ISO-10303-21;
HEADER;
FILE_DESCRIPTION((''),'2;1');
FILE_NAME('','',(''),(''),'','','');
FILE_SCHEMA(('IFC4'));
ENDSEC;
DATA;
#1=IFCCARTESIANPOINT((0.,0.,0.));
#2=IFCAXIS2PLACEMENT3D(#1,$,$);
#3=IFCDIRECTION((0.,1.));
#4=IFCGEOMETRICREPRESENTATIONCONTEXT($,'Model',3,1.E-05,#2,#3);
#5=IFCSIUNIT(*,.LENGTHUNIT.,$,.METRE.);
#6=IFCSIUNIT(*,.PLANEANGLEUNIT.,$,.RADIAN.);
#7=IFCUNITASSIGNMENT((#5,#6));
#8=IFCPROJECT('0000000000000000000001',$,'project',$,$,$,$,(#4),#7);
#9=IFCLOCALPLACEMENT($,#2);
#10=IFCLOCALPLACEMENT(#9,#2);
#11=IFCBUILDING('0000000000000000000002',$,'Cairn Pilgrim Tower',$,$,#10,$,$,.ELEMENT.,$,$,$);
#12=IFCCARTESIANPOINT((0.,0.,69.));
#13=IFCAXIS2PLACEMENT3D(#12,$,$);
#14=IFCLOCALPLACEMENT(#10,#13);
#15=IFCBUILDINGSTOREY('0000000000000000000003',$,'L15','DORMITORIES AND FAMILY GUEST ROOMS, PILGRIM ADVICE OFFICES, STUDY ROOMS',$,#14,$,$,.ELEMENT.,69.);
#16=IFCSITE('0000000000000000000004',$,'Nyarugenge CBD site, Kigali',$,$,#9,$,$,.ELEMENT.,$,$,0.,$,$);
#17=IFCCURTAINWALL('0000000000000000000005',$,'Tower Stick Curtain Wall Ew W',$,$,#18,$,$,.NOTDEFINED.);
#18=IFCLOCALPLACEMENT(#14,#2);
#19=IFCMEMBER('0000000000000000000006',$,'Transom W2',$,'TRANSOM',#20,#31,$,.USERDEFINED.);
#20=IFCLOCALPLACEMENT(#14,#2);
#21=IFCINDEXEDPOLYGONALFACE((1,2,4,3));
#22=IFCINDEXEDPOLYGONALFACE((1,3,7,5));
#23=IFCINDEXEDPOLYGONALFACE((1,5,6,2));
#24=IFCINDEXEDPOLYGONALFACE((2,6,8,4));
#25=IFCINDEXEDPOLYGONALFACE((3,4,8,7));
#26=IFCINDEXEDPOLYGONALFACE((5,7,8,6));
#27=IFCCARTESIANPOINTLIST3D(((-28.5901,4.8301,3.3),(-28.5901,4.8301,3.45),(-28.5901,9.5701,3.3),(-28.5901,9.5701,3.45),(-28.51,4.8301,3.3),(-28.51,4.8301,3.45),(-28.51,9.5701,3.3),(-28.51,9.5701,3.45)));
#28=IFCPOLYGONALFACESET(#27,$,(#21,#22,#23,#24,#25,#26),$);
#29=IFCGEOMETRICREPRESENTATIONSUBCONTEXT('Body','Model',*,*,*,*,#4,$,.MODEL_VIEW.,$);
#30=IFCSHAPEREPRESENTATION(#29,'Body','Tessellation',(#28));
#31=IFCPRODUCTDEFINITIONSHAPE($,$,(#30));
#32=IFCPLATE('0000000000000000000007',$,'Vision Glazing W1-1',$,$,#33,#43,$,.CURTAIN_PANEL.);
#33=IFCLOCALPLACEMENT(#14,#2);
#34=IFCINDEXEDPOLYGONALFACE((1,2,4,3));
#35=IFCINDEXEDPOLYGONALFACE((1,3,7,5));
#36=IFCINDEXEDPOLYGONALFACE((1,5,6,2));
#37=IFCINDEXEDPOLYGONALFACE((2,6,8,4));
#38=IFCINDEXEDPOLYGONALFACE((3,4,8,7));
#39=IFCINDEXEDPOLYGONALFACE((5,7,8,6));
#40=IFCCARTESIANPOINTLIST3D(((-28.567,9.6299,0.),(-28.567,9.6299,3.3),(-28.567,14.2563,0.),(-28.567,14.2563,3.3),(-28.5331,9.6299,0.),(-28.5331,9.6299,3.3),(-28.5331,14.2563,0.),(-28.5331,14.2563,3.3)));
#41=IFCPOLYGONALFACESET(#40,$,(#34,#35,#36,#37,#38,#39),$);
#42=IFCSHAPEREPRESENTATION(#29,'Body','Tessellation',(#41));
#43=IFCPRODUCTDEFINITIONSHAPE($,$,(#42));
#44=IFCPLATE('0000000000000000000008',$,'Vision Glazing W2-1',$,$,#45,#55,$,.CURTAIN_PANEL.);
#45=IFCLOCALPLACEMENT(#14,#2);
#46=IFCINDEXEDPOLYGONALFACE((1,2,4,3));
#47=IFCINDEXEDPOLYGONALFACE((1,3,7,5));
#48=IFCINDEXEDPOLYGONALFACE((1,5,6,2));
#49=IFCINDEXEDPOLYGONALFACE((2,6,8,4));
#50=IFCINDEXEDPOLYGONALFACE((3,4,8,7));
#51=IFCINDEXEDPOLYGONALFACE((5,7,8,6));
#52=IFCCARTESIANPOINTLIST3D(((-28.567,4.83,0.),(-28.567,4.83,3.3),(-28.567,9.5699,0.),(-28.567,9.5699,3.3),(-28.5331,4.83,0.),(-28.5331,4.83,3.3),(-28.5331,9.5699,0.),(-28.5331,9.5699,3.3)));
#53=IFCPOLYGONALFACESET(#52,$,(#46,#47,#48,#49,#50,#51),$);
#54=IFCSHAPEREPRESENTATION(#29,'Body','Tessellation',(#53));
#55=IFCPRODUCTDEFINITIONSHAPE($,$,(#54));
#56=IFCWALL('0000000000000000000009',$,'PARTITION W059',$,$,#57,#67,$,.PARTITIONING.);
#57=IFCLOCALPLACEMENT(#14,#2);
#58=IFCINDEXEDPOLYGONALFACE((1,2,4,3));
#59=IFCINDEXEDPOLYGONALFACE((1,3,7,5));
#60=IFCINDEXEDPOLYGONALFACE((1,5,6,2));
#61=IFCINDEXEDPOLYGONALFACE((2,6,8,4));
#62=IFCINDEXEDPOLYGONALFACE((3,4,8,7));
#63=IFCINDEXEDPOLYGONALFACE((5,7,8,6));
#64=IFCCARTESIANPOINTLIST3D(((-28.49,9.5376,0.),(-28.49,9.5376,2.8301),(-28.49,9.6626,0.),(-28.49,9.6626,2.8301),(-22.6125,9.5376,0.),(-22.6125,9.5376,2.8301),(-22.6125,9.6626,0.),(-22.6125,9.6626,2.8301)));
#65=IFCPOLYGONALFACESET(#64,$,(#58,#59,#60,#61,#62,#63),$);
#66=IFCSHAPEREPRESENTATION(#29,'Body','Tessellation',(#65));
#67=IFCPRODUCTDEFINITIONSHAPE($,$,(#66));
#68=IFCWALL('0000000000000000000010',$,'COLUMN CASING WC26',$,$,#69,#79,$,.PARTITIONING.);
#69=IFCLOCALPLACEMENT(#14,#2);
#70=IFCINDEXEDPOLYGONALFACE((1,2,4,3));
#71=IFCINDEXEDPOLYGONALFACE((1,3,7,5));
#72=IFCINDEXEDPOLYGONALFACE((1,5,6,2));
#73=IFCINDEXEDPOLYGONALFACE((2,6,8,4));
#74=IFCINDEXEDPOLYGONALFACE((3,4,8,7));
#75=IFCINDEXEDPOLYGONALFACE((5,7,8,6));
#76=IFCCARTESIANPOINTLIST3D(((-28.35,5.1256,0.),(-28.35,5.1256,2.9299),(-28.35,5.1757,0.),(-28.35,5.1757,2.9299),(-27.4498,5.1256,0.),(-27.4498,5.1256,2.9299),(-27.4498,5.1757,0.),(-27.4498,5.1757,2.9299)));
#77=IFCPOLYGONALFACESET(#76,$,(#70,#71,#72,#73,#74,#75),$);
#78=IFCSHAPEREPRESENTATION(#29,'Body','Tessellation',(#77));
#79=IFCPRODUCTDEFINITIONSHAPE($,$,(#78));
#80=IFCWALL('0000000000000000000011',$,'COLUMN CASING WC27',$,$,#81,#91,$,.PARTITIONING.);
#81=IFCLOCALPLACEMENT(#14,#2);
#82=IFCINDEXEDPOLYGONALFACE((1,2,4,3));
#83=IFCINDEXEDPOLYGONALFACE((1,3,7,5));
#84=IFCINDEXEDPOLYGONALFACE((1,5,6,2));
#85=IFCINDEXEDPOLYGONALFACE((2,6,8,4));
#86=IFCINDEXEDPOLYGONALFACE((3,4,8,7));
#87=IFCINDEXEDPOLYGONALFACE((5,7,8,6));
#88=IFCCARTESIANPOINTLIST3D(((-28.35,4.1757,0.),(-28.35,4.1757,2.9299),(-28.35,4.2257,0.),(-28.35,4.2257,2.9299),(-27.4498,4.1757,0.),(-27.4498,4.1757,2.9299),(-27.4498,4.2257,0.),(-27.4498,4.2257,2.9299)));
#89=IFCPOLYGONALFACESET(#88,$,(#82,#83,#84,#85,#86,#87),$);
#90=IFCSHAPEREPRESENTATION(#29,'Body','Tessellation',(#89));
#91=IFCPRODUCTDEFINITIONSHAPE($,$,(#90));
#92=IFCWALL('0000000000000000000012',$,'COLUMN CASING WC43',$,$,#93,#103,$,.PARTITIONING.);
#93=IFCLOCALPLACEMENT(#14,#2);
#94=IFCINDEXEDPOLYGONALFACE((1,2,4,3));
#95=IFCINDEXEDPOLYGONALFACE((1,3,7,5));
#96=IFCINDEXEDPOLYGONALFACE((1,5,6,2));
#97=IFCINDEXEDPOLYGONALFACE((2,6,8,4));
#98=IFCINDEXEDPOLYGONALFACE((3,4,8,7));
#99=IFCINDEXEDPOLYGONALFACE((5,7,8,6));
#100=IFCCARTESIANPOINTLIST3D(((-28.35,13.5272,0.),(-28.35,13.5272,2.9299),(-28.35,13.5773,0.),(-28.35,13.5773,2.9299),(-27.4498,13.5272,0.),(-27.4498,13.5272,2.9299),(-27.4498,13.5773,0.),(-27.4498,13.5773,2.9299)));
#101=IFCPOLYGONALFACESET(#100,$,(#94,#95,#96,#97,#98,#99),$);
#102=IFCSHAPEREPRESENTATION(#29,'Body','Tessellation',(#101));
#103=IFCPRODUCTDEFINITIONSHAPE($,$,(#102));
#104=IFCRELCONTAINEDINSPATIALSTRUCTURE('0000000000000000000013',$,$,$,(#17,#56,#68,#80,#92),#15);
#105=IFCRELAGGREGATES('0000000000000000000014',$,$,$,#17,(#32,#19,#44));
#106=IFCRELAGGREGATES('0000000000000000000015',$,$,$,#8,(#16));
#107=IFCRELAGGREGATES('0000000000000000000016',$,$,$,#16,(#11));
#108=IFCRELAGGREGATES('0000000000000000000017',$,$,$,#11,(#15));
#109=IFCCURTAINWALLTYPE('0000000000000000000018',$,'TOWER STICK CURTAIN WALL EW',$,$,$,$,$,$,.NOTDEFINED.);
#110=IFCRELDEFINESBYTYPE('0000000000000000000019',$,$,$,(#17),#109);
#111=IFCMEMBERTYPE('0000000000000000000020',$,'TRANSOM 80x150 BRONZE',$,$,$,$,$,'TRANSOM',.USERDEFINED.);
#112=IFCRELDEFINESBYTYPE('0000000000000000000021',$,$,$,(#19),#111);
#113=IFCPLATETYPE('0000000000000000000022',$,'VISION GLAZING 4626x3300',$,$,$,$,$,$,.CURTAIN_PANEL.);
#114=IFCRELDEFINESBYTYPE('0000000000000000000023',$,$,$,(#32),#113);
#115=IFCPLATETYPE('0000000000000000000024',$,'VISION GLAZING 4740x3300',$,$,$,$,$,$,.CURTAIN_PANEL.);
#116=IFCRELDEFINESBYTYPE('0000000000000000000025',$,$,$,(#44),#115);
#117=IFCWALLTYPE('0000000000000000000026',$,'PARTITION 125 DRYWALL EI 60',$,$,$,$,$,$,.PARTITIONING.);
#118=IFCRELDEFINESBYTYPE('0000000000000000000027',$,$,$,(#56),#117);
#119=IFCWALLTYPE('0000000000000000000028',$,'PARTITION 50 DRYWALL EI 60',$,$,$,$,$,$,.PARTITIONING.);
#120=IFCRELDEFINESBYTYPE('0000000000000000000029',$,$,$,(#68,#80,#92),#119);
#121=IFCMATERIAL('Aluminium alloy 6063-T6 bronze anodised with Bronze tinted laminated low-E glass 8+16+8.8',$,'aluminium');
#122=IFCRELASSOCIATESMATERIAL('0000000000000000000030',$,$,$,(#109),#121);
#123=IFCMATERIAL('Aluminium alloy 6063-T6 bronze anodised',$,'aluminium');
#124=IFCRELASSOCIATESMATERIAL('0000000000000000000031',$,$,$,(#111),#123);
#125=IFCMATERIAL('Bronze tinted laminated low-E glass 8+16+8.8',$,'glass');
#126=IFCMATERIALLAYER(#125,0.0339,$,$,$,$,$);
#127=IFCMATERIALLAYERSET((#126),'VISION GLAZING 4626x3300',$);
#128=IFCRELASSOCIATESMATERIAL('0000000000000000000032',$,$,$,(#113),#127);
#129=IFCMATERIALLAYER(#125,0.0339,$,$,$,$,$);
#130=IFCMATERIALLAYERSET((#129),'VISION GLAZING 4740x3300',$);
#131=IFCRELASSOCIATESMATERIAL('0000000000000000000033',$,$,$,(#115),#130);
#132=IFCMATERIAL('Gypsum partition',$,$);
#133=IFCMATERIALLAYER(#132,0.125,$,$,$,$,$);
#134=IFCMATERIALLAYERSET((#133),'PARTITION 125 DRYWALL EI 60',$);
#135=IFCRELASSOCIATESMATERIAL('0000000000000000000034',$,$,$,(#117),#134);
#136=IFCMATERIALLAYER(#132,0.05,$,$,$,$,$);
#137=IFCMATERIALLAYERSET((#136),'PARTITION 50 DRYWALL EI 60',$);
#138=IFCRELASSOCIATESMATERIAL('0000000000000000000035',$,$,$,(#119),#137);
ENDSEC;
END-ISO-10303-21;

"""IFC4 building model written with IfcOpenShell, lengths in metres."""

from ifc_helpers import new_model, si_unit, direction, frame, frame_2d, origin, origin_2d, place, context, subcontext, project, spatial, rectangle, extrude, material, layer, layer_set, material_profile, profile_set, type_object, element, aggregate, save


model = new_model("IFC4")

# Units and contexts
model_context = context("Model", 3, precision=1e-05, world=origin(), true_north=direction((0.0, 1.0)))
body_context = subcontext(model_context, "Body", "Model", "MODEL_VIEW")
ifc_project = project(units=[si_unit("LENGTHUNIT", "METRE"), si_unit("PLANEANGLEUNIT", "RADIAN")], contexts=[model_context])

# Site, building, storey
site_placement = place(None, origin())
site = spatial("IfcSite", under=ifc_project, at=site_placement, Name="Nyarugenge CBD site, Kigali", CompositionType="ELEMENT", RefElevation=0.0)
building_placement = place(site_placement, origin())
building = spatial("IfcBuilding", under=site, at=building_placement, Name="Cairn Pilgrim Tower", CompositionType="ELEMENT")
storey_placement = place(building_placement, frame((0.0, 0.0, 69.0)))
storey = spatial("IfcBuildingStorey", under=building, at=storey_placement, Name="L15", Description="DORMITORIES AND FAMILY GUEST ROOMS, PILGRIM ADVICE OFFICES, STUDY ROOMS", CompositionType="ELEMENT", Elevation=69.0)

# Curtain wall
ifc_material_1 = material(Name="Aluminium alloy 6063-T6 bronze anodised with Bronze tinted laminated low-E glass 8+16+8.8", Category="aluminium")
curtain_wall_type = type_object("IfcCurtainWallType", Name="TOWER STICK CURTAIN WALL EW", PredefinedType="NOTDEFINED", material=ifc_material_1)
curtain_wall_placement = place(storey_placement, origin())
curtain_wall = element("IfcCurtainWall", 1, at=curtain_wall_placement, inside=storey, type_object=curtain_wall_type, Name="Tower Stick Curtain Wall Ew W", PredefinedType="NOTDEFINED")
ifc_material_2 = material(Name="Aluminium alloy 6063-T6 bronze anodised", Category="aluminium")

# Member
ifc_material_profile_1 = material_profile(ifc_material_2, rectangle(XDim=0.0801, YDim=0.1499, at=origin_2d()), Name="TRANSOM 80x150 BRONZE")
ifc_profile_set_1 = profile_set([ifc_material_profile_1], Name="Aluminium alloy 6063-T6 bronze anodised")
member_type_1 = type_object("IfcMemberType", Name="TRANSOM 80x150 BRONZE", ElementType="TRANSOM", PredefinedType="USERDEFINED", material=ifc_profile_set_1)
member_1_placement = place(storey_placement, frame((-28.55, 9.5701, 3.375), z_axis=(0.0, -1.0, 0.0), x_axis=(1.0, 0.0, 0.0)))
member_1 = element("IfcMember", 2, at=member_1_placement, type_object=member_type_1, Name="Transom W2", ObjectType="TRANSOM", PredefinedType="USERDEFINED", context=body_context, shape_type="SweptSolid", body=[
    extrude(rectangle(XDim=0.0801, YDim=0.1499, at=origin_2d()), origin(), (0.0, 0.0, 1.0), 4.74),
])

# Plates
ifc_material_3 = material(Name="Bronze tinted laminated low-E glass 8+16+8.8", Category="glass")
ifc_layer_1 = layer(ifc_material_3, 0.0339)
ifc_layer_set_1 = layer_set([ifc_layer_1], Name="VISION GLAZING 4626x3300")
plate_type_1 = type_object("IfcPlateType", Name="VISION GLAZING 4626x3300", PredefinedType="CURTAIN_PANEL", material=ifc_layer_set_1)
plate_1_placement = place(storey_placement, frame((-28.55, 11.9431, 0.0), z_axis=(0.0, 0.0, 1.0), x_axis=(0.0, -1.0, 0.0)))
plate_1 = element("IfcPlate", 3, at=plate_1_placement, type_object=plate_type_1, Name="Vision Glazing W1-1", PredefinedType="CURTAIN_PANEL", context=body_context, shape_type="SweptSolid", body=[
    extrude(rectangle(XDim=4.6265, YDim=0.0339, at=origin_2d()), origin(), (0.0, 0.0, 1.0), 3.3),
])
ifc_layer_2 = layer(ifc_material_3, 0.0339)
ifc_layer_set_2 = layer_set([ifc_layer_2], Name="VISION GLAZING 4740x3300")
plate_type_2 = type_object("IfcPlateType", Name="VISION GLAZING 4740x3300", PredefinedType="CURTAIN_PANEL", material=ifc_layer_set_2)
plate_2_placement = place(storey_placement, frame((-28.55, 7.2, 0.0), z_axis=(0.0, 0.0, 1.0), x_axis=(0.0, -1.0, 0.0)))
plate_2 = element("IfcPlate", 4, at=plate_2_placement, type_object=plate_type_2, Name="Vision Glazing W2-1", PredefinedType="CURTAIN_PANEL", context=body_context, shape_type="SweptSolid", body=[
    extrude(rectangle(XDim=4.74, YDim=0.0339, at=origin_2d()), origin(), (0.0, 0.0, 1.0), 3.3),
])
aggregate(curtain_wall, [plate_1, member_1, plate_2])

# Walls
ifc_material_4 = material(Name="Gypsum partition")
ifc_layer_3 = layer(ifc_material_4, 0.125)
ifc_layer_set_3 = layer_set([ifc_layer_3], Name="PARTITION 125 DRYWALL EI 60")
wall_type_1 = type_object("IfcWallType", Name="PARTITION 125 DRYWALL EI 60", PredefinedType="PARTITIONING", material=ifc_layer_set_3)
wall_1_placement = place(storey_placement, frame((-28.49, 9.6001, 0.0), z_axis=(0.0, 0.0, 1.0), x_axis=(1.0, 0.0, 0.0)))
element("IfcWall", 5, at=wall_1_placement, inside=storey, type_object=wall_type_1, Name="PARTITION W059", PredefinedType="PARTITIONING", context=body_context, shape_type="SweptSolid", body=[
    extrude(rectangle(XDim=5.8774, YDim=0.125, at=frame_2d((2.9387, 0.0))), origin(), (0.0, 0.0, 1.0), 2.8301),
])
ifc_layer_4 = layer(ifc_material_4, 0.05)
ifc_layer_set_4 = layer_set([ifc_layer_4], Name="PARTITION 50 DRYWALL EI 60")
wall_type_2 = type_object("IfcWallType", Name="PARTITION 50 DRYWALL EI 60", PredefinedType="PARTITIONING", material=ifc_layer_set_4)
for number, where, z_axis, x_axis, name in (
    (6, (-28.3501, 5.1506, 0.0), (0.0, 0.0, 1.0), (1.0, 0.0, 0.0), "COLUMN CASING WC26"),
    (7, (-28.3501, 4.2007, 0.0), (0.0, 0.0, 1.0), (1.0, 0.0, 0.0), "COLUMN CASING WC27"),
    (8, (-28.3501, 13.5522, 0.0), (0.0, 0.0, 1.0), (1.0, 0.0, 0.0), "COLUMN CASING WC43"),
):
    element("IfcWall", number, at=place(storey_placement, frame(where, z_axis=z_axis, x_axis=x_axis)), inside=storey, type_object=wall_type_2, Name=name, PredefinedType="PARTITIONING", context=body_context, shape_type="SweptSolid", body=[
        extrude(rectangle(XDim=0.9001, YDim=0.05, at=frame_2d((0.4502, 0.0))), origin(), (0.0, 0.0, 1.0), 2.9299),
    ])

save(model, "model.ifc")
